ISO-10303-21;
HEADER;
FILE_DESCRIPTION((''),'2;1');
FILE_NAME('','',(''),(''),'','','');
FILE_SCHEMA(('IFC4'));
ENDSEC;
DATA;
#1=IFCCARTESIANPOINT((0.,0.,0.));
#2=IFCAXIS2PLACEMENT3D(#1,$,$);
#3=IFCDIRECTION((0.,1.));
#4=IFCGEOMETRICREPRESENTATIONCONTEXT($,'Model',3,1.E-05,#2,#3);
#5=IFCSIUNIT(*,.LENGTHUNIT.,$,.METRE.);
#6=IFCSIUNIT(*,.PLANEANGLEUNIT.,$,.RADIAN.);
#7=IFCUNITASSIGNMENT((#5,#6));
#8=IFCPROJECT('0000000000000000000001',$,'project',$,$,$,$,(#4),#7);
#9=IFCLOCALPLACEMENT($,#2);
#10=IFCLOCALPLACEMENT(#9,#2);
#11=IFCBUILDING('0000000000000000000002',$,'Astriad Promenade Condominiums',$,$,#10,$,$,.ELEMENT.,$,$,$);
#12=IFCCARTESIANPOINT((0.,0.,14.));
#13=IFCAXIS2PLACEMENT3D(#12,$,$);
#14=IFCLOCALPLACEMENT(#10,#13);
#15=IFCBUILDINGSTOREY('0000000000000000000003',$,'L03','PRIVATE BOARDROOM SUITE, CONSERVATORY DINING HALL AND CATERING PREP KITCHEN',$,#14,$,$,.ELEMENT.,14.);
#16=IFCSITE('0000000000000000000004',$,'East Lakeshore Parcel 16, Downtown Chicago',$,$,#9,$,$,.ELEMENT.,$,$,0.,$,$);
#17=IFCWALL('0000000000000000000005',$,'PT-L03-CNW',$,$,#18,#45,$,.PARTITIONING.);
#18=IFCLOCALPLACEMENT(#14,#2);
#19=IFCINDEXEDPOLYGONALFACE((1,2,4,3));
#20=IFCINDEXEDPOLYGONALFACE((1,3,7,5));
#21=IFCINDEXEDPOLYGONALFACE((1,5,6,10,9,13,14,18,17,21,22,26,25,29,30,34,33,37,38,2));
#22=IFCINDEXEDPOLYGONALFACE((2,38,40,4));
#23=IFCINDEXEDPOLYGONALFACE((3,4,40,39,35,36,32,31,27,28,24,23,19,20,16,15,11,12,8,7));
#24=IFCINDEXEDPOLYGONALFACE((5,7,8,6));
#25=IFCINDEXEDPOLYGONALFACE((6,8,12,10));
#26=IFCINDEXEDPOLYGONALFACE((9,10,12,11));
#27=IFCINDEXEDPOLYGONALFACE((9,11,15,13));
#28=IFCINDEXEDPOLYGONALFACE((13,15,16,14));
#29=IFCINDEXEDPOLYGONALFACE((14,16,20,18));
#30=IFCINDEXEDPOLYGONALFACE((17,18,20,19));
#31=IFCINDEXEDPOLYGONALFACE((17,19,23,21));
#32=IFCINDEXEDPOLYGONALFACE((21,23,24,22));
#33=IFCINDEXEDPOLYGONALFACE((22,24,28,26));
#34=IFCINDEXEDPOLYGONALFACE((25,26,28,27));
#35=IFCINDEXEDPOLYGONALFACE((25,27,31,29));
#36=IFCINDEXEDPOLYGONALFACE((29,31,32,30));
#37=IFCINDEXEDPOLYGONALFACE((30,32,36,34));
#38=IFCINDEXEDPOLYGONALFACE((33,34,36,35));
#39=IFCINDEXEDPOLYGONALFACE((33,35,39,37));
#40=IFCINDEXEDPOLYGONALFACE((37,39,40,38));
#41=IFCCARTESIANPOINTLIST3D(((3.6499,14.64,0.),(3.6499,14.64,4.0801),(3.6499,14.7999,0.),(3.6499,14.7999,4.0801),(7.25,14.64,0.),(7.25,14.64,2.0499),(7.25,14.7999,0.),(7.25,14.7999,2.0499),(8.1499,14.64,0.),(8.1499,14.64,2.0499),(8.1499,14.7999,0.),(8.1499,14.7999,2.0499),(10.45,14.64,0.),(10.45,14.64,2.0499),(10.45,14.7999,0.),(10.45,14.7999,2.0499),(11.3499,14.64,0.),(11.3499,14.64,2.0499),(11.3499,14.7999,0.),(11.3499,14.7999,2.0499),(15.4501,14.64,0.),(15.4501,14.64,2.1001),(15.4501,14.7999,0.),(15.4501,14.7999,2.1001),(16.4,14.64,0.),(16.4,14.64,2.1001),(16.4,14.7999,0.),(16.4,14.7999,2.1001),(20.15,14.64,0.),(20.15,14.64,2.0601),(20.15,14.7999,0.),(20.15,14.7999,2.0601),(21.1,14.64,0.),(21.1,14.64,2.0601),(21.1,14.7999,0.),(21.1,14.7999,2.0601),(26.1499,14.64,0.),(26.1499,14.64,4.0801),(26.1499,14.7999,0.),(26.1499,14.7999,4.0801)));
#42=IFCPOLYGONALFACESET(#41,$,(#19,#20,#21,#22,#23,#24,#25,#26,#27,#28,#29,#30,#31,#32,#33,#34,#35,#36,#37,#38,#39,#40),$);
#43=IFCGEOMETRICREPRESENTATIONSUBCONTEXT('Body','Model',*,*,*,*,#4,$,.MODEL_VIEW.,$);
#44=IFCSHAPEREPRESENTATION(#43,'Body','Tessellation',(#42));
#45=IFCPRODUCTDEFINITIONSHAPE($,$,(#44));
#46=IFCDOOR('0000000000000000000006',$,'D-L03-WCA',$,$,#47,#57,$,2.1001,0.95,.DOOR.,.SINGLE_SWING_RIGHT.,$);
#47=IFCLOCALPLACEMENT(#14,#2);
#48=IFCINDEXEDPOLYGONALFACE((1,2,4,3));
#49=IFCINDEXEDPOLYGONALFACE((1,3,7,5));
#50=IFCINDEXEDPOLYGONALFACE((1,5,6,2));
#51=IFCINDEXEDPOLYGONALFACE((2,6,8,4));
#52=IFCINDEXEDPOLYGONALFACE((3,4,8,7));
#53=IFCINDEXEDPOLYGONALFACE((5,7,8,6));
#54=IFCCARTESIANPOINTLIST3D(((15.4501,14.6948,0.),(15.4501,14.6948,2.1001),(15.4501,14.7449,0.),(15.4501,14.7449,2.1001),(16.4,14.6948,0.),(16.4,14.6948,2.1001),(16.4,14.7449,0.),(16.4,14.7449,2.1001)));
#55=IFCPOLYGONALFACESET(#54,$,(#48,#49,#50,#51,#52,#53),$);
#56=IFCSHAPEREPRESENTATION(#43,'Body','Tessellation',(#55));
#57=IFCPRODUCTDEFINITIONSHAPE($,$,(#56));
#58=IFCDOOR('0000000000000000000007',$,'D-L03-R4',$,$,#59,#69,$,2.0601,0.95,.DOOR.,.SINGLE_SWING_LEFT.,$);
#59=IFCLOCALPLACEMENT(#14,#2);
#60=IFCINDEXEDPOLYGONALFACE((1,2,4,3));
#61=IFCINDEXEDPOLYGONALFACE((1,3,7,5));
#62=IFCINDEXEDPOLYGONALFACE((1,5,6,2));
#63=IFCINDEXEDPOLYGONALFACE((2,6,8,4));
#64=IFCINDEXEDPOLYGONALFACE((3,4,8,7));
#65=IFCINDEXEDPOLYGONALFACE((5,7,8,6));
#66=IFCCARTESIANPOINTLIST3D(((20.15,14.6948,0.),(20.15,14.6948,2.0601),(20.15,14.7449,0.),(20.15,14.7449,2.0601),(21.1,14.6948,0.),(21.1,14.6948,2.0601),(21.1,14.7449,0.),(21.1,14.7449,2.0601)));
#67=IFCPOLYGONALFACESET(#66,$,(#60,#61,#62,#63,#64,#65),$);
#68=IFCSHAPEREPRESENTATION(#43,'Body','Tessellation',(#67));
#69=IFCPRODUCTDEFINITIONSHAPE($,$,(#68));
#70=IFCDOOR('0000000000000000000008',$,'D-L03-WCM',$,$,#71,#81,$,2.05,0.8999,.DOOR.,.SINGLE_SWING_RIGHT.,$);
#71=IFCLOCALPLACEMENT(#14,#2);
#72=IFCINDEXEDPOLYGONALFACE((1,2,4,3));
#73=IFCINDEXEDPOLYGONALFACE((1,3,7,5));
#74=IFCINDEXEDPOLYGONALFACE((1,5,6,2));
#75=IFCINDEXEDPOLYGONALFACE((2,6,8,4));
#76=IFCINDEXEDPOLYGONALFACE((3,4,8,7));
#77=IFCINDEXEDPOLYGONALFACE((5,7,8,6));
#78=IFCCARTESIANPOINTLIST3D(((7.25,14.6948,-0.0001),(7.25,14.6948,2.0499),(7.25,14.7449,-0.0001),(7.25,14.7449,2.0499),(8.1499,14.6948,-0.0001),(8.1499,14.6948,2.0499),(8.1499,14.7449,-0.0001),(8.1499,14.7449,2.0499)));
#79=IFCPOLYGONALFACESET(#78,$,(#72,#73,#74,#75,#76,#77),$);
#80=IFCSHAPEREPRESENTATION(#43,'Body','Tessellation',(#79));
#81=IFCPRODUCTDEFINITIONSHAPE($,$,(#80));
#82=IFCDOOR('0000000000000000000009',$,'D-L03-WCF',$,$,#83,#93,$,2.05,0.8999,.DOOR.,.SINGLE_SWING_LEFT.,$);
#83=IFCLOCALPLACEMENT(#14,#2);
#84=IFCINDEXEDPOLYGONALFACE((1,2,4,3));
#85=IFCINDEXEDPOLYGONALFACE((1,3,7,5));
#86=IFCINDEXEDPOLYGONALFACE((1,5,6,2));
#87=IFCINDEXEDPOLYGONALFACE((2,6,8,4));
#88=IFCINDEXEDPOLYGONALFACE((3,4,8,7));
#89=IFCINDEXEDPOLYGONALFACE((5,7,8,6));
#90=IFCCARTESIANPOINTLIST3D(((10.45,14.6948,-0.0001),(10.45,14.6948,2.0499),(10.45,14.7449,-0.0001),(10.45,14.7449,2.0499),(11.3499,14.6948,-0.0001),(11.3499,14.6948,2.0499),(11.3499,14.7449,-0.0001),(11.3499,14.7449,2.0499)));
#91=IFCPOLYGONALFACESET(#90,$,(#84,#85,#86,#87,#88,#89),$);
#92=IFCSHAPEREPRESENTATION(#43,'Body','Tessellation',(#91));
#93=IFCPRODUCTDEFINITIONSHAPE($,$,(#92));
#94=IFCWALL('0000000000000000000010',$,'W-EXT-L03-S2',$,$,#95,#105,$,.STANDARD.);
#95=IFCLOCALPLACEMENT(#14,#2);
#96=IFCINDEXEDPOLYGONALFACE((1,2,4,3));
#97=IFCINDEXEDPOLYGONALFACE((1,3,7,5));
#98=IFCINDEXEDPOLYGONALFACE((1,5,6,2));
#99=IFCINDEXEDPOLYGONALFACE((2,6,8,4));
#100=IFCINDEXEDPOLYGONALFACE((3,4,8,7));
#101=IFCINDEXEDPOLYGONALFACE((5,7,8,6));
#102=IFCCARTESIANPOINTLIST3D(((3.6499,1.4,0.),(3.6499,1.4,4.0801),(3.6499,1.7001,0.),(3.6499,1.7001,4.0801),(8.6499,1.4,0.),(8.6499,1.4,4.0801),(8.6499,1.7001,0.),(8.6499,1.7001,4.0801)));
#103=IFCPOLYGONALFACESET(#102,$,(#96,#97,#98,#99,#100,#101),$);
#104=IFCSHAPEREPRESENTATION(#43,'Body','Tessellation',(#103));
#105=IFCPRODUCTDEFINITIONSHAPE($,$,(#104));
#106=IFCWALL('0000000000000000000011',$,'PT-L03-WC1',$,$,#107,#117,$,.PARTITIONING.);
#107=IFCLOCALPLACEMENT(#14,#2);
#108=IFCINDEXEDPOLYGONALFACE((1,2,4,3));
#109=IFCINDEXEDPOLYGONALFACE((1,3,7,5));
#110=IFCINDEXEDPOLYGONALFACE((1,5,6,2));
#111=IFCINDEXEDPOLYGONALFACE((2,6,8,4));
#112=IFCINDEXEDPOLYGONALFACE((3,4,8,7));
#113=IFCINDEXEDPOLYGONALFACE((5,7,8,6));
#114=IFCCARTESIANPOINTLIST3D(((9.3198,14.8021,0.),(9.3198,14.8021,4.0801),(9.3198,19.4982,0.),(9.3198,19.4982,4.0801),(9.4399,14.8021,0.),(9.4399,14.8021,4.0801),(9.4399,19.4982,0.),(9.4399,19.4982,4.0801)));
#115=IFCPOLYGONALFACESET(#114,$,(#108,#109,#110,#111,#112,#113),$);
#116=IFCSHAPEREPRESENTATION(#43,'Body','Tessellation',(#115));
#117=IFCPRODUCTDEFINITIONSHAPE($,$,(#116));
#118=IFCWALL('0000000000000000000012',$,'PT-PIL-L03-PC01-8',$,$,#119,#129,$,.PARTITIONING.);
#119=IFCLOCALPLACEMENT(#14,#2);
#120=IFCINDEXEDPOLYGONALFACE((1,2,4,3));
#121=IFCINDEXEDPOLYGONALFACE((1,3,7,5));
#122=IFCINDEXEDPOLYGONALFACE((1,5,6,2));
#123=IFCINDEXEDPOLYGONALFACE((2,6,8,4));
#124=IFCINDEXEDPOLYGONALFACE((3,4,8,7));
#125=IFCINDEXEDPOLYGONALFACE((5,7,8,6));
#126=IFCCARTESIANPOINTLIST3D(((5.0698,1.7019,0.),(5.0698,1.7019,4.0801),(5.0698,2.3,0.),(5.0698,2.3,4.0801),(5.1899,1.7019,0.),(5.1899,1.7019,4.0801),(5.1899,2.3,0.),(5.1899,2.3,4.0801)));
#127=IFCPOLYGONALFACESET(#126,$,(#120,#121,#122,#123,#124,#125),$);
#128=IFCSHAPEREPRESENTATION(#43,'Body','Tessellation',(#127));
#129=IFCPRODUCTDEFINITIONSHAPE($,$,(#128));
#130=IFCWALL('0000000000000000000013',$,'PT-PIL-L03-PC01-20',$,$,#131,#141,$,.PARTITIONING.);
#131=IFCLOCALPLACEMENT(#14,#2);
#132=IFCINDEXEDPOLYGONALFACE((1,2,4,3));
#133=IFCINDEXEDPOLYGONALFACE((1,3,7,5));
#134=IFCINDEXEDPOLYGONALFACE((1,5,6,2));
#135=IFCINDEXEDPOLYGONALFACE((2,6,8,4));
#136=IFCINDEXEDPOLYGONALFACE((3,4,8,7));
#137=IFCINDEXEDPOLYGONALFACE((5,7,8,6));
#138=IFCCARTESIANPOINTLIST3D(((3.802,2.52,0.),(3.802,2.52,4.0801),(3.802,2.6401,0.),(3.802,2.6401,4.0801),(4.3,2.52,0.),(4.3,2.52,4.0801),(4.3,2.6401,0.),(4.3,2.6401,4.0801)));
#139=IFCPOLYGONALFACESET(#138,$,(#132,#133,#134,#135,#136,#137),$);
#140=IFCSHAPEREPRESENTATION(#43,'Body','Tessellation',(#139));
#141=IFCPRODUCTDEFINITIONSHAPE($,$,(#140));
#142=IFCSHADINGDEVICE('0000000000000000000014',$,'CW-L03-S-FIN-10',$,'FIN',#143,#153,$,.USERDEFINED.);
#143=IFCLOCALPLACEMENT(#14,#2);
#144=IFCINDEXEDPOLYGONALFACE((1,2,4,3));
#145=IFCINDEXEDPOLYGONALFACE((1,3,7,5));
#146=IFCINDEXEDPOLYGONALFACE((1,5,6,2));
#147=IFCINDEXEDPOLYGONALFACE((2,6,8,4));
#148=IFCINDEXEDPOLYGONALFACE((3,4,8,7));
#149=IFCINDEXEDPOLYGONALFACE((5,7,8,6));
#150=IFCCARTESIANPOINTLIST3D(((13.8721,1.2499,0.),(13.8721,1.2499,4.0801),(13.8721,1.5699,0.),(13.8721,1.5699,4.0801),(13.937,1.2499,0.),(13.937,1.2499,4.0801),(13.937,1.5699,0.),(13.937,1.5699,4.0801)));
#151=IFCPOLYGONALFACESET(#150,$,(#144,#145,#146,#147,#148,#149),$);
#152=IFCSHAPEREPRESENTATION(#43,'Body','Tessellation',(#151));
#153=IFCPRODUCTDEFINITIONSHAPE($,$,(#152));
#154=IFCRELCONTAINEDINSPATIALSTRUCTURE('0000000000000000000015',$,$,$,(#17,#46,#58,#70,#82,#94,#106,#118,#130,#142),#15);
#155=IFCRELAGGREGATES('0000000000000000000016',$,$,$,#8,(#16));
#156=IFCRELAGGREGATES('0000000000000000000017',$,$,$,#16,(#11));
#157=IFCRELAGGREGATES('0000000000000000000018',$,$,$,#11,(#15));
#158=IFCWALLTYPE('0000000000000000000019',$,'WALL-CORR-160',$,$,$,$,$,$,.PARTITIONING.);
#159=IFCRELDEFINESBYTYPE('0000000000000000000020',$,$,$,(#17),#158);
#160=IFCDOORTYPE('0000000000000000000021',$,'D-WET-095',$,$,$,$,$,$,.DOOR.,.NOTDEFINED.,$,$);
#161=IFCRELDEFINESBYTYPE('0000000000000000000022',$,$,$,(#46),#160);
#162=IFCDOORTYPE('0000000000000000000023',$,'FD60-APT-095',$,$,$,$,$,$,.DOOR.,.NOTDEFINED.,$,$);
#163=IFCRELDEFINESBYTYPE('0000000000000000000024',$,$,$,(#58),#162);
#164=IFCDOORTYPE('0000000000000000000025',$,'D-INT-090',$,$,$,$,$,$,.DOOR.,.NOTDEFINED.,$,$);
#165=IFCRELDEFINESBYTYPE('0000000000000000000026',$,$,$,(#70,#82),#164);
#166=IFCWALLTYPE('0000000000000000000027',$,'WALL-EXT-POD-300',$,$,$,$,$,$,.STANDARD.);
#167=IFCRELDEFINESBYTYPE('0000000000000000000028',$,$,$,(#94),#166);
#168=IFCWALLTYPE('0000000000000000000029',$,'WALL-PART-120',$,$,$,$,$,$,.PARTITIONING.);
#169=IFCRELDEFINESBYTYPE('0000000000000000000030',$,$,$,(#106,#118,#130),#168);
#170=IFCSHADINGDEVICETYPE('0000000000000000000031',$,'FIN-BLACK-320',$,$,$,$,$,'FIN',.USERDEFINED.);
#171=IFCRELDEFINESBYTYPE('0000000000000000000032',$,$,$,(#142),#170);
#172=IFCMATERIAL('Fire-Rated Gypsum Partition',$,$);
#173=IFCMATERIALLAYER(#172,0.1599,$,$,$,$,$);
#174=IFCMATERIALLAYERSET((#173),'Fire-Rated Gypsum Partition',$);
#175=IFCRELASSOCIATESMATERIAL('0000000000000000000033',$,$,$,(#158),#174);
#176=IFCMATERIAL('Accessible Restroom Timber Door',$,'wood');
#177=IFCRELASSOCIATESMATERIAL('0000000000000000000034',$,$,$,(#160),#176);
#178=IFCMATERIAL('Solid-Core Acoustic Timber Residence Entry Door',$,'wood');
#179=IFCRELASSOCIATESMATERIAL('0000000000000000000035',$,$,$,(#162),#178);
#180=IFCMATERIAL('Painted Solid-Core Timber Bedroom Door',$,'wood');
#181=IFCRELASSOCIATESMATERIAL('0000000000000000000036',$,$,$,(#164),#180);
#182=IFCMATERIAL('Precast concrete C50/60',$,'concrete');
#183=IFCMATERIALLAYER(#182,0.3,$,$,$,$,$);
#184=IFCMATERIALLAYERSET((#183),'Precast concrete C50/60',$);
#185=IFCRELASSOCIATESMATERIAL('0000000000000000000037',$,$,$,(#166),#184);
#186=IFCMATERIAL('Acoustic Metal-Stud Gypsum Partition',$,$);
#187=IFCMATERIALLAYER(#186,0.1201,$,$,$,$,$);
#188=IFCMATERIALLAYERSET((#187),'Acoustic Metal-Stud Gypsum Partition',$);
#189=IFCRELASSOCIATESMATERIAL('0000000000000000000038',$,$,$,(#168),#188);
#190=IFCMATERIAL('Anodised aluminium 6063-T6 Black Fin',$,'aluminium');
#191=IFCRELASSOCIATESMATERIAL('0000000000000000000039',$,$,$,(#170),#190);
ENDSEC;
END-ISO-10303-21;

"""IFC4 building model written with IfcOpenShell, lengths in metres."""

from ifc_helpers import new_model, si_unit, direction, frame, frame_2d, origin, origin_2d, place, context, subcontext, project, spatial, rectangle, extrude, source, transform, mapped, material, layer, layer_set, type_object, type_shapes, element, fill, save


model = new_model("IFC4")

# Units and contexts
model_context = context("Model", 3, precision=1e-05, world=origin(), true_north=direction((0.0, 1.0)))
body_context = subcontext(model_context, "Body", "Model", "MODEL_VIEW")
ifc_project = project(units=[si_unit("LENGTHUNIT", "METRE"), si_unit("PLANEANGLEUNIT", "RADIAN")], contexts=[model_context])

# Site, building, storey
site_placement = place(None, origin())
site = spatial("IfcSite", under=ifc_project, at=site_placement, Name="East Lakeshore Parcel 16, Downtown Chicago", CompositionType="ELEMENT", RefElevation=0.0)
building_placement = place(site_placement, origin())
building = spatial("IfcBuilding", under=site, at=building_placement, Name="Astriad Promenade Condominiums", CompositionType="ELEMENT")
storey_placement = place(building_placement, frame((0.0, 0.0, 14.0)))
storey = spatial("IfcBuildingStorey", under=building, at=storey_placement, Name="L03", Description="PRIVATE BOARDROOM SUITE, CONSERVATORY DINING HALL AND CATERING PREP KITCHEN", CompositionType="ELEMENT", Elevation=14.0)

# Wall, openings, doors
ifc_material_1 = material(Name="Fire-Rated Gypsum Partition")
ifc_layer_1 = layer(ifc_material_1, 0.1599)
ifc_layer_set_1 = layer_set([ifc_layer_1], Name="Fire-Rated Gypsum Partition")
wall_type_1 = type_object("IfcWallType", Name="WALL-CORR-160", PredefinedType="PARTITIONING", material=ifc_layer_set_1)
wall_1_placement = place(storey_placement, frame((3.6499, 14.72, 0.0), z_axis=(0.0, 0.0, 1.0), x_axis=(1.0, 0.0, 0.0)))
wall_1 = element("IfcWall", 1, at=wall_1_placement, inside=storey, type_object=wall_type_1, Name="PT-L03-CNW", PredefinedType="PARTITIONING", context=body_context, shape_type="SweptSolid", body=[
    extrude(rectangle(XDim=22.5, YDim=0.1599, at=frame_2d((11.25, 0.0))), origin(), (0.0, 0.0, 1.0), 4.0801),
])
opening_1_placement = place(wall_1_placement, frame((16.5, 0.0, 0.0)))
opening_1 = element("IfcOpeningElement", 2, at=opening_1_placement, cuts=wall_1, PredefinedType="OPENING", context=body_context, shape_type="SweptSolid", body=[
    extrude(rectangle(XDim=0.95, YDim=2.0601, at=frame_2d((0.4751, 1.03))), frame((0.0, 0.0898, 0.0), z_axis=(0.0, -1.0, 0.0), x_axis=(1.0, 0.0, 0.0)), (0.0, 0.0, 1.0), 0.1799),
])
opening_2_placement = place(wall_1_placement, frame((3.6001, 0.0, 0.0)))
opening_2 = element("IfcOpeningElement", 3, at=opening_2_placement, cuts=wall_1, PredefinedType="OPENING", context=body_context, shape_type="SweptSolid", body=[
    extrude(rectangle(XDim=0.8999, YDim=2.05, at=frame_2d((0.45, 1.0249))), frame((0.0, 0.0898, 0.0), z_axis=(0.0, -1.0, 0.0), x_axis=(1.0, 0.0, 0.0)), (0.0, 0.0, 1.0), 0.1799),
])
opening_3_placement = place(wall_1_placement, frame((6.8, 0.0, 0.0)))
opening_3 = element("IfcOpeningElement", 4, at=opening_3_placement, cuts=wall_1, PredefinedType="OPENING", context=body_context, shape_type="SweptSolid", body=[
    extrude(rectangle(XDim=0.8999, YDim=2.05, at=frame_2d((0.45, 1.0249))), frame((0.0, 0.0898, 0.0), z_axis=(0.0, -1.0, 0.0), x_axis=(1.0, 0.0, 0.0)), (0.0, 0.0, 1.0), 0.1799),
])
opening_4_placement = place(wall_1_placement, frame((11.8, 0.0, 0.0)))
opening_4 = element("IfcOpeningElement", 5, at=opening_4_placement, cuts=wall_1, PredefinedType="OPENING", context=body_context, shape_type="SweptSolid", body=[
    extrude(rectangle(XDim=0.95, YDim=2.1001, at=frame_2d((0.4751, 1.05))), frame((0.0, 0.0898, 0.0), z_axis=(0.0, -1.0, 0.0), x_axis=(1.0, 0.0, 0.0)), (0.0, 0.0, 1.0), 0.1799),
])
ifc_material_2 = material(Name="Accessible Restroom Timber Door", Category="wood")
door_type_1 = type_object("IfcDoorType", Name="D-WET-095", OperationType="NOTDEFINED", PredefinedType="DOOR", material=ifc_material_2)
shared_shape_1 = source(origin(), body_context, "Body", "SweptSolid", [
    extrude(rectangle(XDim=0.95, YDim=2.1001, at=frame_2d((0.4751, 1.05))), frame((0.0, 0.0249, 0.0), z_axis=(0.0, -1.0, 0.0), x_axis=(1.0, 0.0, 0.0)), (0.0, 0.0, 1.0), 0.05),
])
type_shapes(door_type_1, [shared_shape_1])
door_1_placement = place(opening_4_placement, origin())
door_1 = element("IfcDoor", 6, at=door_1_placement, inside=storey, type_object=door_type_1, Name="D-L03-WCA", OperationType="SINGLE_SWING_RIGHT", OverallHeight=2.1001, OverallWidth=0.95, PredefinedType="DOOR", context=body_context, shape_type="MappedRepresentation", body=[
    mapped(shared_shape_1, transform((0.0, 0.0, 0.0), scale=1.0)),
])
fill(opening_4, door_1)
ifc_material_3 = material(Name="Solid-Core Acoustic Timber Residence Entry Door", Category="wood")
door_type_2 = type_object("IfcDoorType", Name="FD60-APT-095", OperationType="NOTDEFINED", PredefinedType="DOOR", material=ifc_material_3)
shared_shape_2 = source(origin(), body_context, "Body", "SweptSolid", [
    extrude(rectangle(XDim=0.95, YDim=2.0601, at=frame_2d((0.4751, 1.03))), frame((0.0, 0.0249, 0.0), z_axis=(0.0, -1.0, 0.0), x_axis=(1.0, 0.0, 0.0)), (0.0, 0.0, 1.0), 0.05),
])
type_shapes(door_type_2, [shared_shape_2])
door_2_placement = place(opening_1_placement, origin())
door_2 = element("IfcDoor", 7, at=door_2_placement, inside=storey, type_object=door_type_2, Name="D-L03-R4", OperationType="SINGLE_SWING_LEFT", OverallHeight=2.0601, OverallWidth=0.95, PredefinedType="DOOR", context=body_context, shape_type="MappedRepresentation", body=[
    mapped(shared_shape_2, transform((0.0, 0.0, 0.0), scale=1.0)),
])
fill(opening_1, door_2)
ifc_material_4 = material(Name="Painted Solid-Core Timber Bedroom Door", Category="wood")
door_type_3 = type_object("IfcDoorType", Name="D-INT-090", OperationType="NOTDEFINED", PredefinedType="DOOR", material=ifc_material_4)
shared_shape_3 = source(origin(), body_context, "Body", "SweptSolid", [
    extrude(rectangle(XDim=0.8999, YDim=2.05, at=frame_2d((0.45, 1.0249))), frame((0.0, 0.0249, 0.0), z_axis=(0.0, -1.0, 0.0), x_axis=(1.0, 0.0, 0.0)), (0.0, 0.0, 1.0), 0.05),
])
type_shapes(door_type_3, [shared_shape_3])
door_3_placement = place(opening_2_placement, origin())
door_3 = element("IfcDoor", 8, at=door_3_placement, inside=storey, type_object=door_type_3, Name="D-L03-WCM", OperationType="SINGLE_SWING_RIGHT", OverallHeight=2.05, OverallWidth=0.8999, PredefinedType="DOOR", context=body_context, shape_type="MappedRepresentation", body=[
    mapped(shared_shape_3, transform((0.0, 0.0, 0.0), scale=1.0)),
])
fill(opening_2, door_3)
door_4_placement = place(opening_3_placement, origin())
door_4 = element("IfcDoor", 9, at=door_4_placement, inside=storey, type_object=door_type_3, Name="D-L03-WCF", OperationType="SINGLE_SWING_LEFT", OverallHeight=2.05, OverallWidth=0.8999, PredefinedType="DOOR", context=body_context, shape_type="MappedRepresentation", body=[
    mapped(shared_shape_3, transform((0.0, 0.0, 0.0), scale=1.0)),
])
fill(opening_3, door_4)

# Walls
ifc_material_5 = material(Name="Precast concrete C50/60", Category="concrete")
ifc_layer_2 = layer(ifc_material_5, 0.3)
ifc_layer_set_2 = layer_set([ifc_layer_2], Name="Precast concrete C50/60")
wall_type_2 = type_object("IfcWallType", Name="WALL-EXT-POD-300", PredefinedType="STANDARD", material=ifc_layer_set_2)
wall_2_placement = place(storey_placement, frame((8.6499, 1.55, 0.0), z_axis=(0.0, 0.0, 1.0), x_axis=(-1.0, 0.0, 0.0)))
element("IfcWall", 10, at=wall_2_placement, inside=storey, type_object=wall_type_2, Name="W-EXT-L03-S2", PredefinedType="STANDARD", context=body_context, shape_type="SweptSolid", body=[
    extrude(rectangle(XDim=5.0, YDim=0.3, at=frame_2d((2.5, 0.0))), origin(), (0.0, 0.0, 1.0), 4.0801),
])
ifc_material_6 = material(Name="Acoustic Metal-Stud Gypsum Partition")
ifc_layer_3 = layer(ifc_material_6, 0.1201)
ifc_layer_set_3 = layer_set([ifc_layer_3], Name="Acoustic Metal-Stud Gypsum Partition")
wall_type_3 = type_object("IfcWallType", Name="WALL-PART-120", PredefinedType="PARTITIONING", material=ifc_layer_set_3)
wall_3_placement = place(storey_placement, frame((9.3799, 14.802, 0.0), z_axis=(0.0, 0.0, 1.0), x_axis=(0.0, 1.0, 0.0)))
element("IfcWall", 11, at=wall_3_placement, inside=storey, type_object=wall_type_3, Name="PT-L03-WC1", PredefinedType="PARTITIONING", context=body_context, shape_type="SweptSolid", body=[
    extrude(rectangle(XDim=4.696, YDim=0.1201, at=frame_2d((2.3481, 0.0))), origin(), (0.0, 0.0, 1.0), 4.0801),
])
wall_4_placement = place(storey_placement, frame((5.1299, 2.3, 0.0), z_axis=(0.0, 0.0, 1.0), x_axis=(0.0, -1.0, 0.0)))
element("IfcWall", 12, at=wall_4_placement, inside=storey, type_object=wall_type_3, Name="PT-PIL-L03-PC01-8", PredefinedType="PARTITIONING", context=body_context, shape_type="SweptSolid", body=[
    extrude(rectangle(XDim=0.5981, YDim=0.1201, at=frame_2d((0.2991, 0.0))), origin(), (0.0, 0.0, 1.0), 4.0801),
])
wall_5_placement = place(storey_placement, frame((4.3, 2.5801, 0.0), z_axis=(0.0, 0.0, 1.0), x_axis=(-1.0, 0.0, 0.0)))
element("IfcWall", 13, at=wall_5_placement, inside=storey, type_object=wall_type_3, Name="PT-PIL-L03-PC01-20", PredefinedType="PARTITIONING", context=body_context, shape_type="SweptSolid", body=[
    extrude(rectangle(XDim=0.498, YDim=0.1201, at=frame_2d((0.249, 0.0))), origin(), (0.0, 0.0, 1.0), 4.0801),
])

# Shading device
ifc_material_7 = material(Name="Anodised aluminium 6063-T6 Black Fin", Category="aluminium")
shading_device_type = type_object("IfcShadingDeviceType", Name="FIN-BLACK-320", ElementType="FIN", PredefinedType="USERDEFINED", material=ifc_material_7)
shared_shape_4 = source(origin(), body_context, "Body", "SweptSolid", [
    extrude(rectangle(XDim=0.0649, YDim=0.3201, at=origin_2d()), origin(), (0.0, 0.0, 1.0), 4.0801),
])
type_shapes(shading_device_type, [shared_shape_4])
shading_device_placement = place(storey_placement, frame((13.9045, 1.4099, 0.0), z_axis=(0.0, 0.0, 1.0), x_axis=(-1.0, 0.0, 0.0)))
element("IfcShadingDevice", 14, at=shading_device_placement, inside=storey, type_object=shading_device_type, Name="CW-L03-S-FIN-10", ObjectType="FIN", PredefinedType="USERDEFINED", context=body_context, shape_type="MappedRepresentation", body=[
    mapped(shared_shape_4, transform((0.0, 0.0, 0.0), scale=1.0)),
])

save(model, "model.ifc")
